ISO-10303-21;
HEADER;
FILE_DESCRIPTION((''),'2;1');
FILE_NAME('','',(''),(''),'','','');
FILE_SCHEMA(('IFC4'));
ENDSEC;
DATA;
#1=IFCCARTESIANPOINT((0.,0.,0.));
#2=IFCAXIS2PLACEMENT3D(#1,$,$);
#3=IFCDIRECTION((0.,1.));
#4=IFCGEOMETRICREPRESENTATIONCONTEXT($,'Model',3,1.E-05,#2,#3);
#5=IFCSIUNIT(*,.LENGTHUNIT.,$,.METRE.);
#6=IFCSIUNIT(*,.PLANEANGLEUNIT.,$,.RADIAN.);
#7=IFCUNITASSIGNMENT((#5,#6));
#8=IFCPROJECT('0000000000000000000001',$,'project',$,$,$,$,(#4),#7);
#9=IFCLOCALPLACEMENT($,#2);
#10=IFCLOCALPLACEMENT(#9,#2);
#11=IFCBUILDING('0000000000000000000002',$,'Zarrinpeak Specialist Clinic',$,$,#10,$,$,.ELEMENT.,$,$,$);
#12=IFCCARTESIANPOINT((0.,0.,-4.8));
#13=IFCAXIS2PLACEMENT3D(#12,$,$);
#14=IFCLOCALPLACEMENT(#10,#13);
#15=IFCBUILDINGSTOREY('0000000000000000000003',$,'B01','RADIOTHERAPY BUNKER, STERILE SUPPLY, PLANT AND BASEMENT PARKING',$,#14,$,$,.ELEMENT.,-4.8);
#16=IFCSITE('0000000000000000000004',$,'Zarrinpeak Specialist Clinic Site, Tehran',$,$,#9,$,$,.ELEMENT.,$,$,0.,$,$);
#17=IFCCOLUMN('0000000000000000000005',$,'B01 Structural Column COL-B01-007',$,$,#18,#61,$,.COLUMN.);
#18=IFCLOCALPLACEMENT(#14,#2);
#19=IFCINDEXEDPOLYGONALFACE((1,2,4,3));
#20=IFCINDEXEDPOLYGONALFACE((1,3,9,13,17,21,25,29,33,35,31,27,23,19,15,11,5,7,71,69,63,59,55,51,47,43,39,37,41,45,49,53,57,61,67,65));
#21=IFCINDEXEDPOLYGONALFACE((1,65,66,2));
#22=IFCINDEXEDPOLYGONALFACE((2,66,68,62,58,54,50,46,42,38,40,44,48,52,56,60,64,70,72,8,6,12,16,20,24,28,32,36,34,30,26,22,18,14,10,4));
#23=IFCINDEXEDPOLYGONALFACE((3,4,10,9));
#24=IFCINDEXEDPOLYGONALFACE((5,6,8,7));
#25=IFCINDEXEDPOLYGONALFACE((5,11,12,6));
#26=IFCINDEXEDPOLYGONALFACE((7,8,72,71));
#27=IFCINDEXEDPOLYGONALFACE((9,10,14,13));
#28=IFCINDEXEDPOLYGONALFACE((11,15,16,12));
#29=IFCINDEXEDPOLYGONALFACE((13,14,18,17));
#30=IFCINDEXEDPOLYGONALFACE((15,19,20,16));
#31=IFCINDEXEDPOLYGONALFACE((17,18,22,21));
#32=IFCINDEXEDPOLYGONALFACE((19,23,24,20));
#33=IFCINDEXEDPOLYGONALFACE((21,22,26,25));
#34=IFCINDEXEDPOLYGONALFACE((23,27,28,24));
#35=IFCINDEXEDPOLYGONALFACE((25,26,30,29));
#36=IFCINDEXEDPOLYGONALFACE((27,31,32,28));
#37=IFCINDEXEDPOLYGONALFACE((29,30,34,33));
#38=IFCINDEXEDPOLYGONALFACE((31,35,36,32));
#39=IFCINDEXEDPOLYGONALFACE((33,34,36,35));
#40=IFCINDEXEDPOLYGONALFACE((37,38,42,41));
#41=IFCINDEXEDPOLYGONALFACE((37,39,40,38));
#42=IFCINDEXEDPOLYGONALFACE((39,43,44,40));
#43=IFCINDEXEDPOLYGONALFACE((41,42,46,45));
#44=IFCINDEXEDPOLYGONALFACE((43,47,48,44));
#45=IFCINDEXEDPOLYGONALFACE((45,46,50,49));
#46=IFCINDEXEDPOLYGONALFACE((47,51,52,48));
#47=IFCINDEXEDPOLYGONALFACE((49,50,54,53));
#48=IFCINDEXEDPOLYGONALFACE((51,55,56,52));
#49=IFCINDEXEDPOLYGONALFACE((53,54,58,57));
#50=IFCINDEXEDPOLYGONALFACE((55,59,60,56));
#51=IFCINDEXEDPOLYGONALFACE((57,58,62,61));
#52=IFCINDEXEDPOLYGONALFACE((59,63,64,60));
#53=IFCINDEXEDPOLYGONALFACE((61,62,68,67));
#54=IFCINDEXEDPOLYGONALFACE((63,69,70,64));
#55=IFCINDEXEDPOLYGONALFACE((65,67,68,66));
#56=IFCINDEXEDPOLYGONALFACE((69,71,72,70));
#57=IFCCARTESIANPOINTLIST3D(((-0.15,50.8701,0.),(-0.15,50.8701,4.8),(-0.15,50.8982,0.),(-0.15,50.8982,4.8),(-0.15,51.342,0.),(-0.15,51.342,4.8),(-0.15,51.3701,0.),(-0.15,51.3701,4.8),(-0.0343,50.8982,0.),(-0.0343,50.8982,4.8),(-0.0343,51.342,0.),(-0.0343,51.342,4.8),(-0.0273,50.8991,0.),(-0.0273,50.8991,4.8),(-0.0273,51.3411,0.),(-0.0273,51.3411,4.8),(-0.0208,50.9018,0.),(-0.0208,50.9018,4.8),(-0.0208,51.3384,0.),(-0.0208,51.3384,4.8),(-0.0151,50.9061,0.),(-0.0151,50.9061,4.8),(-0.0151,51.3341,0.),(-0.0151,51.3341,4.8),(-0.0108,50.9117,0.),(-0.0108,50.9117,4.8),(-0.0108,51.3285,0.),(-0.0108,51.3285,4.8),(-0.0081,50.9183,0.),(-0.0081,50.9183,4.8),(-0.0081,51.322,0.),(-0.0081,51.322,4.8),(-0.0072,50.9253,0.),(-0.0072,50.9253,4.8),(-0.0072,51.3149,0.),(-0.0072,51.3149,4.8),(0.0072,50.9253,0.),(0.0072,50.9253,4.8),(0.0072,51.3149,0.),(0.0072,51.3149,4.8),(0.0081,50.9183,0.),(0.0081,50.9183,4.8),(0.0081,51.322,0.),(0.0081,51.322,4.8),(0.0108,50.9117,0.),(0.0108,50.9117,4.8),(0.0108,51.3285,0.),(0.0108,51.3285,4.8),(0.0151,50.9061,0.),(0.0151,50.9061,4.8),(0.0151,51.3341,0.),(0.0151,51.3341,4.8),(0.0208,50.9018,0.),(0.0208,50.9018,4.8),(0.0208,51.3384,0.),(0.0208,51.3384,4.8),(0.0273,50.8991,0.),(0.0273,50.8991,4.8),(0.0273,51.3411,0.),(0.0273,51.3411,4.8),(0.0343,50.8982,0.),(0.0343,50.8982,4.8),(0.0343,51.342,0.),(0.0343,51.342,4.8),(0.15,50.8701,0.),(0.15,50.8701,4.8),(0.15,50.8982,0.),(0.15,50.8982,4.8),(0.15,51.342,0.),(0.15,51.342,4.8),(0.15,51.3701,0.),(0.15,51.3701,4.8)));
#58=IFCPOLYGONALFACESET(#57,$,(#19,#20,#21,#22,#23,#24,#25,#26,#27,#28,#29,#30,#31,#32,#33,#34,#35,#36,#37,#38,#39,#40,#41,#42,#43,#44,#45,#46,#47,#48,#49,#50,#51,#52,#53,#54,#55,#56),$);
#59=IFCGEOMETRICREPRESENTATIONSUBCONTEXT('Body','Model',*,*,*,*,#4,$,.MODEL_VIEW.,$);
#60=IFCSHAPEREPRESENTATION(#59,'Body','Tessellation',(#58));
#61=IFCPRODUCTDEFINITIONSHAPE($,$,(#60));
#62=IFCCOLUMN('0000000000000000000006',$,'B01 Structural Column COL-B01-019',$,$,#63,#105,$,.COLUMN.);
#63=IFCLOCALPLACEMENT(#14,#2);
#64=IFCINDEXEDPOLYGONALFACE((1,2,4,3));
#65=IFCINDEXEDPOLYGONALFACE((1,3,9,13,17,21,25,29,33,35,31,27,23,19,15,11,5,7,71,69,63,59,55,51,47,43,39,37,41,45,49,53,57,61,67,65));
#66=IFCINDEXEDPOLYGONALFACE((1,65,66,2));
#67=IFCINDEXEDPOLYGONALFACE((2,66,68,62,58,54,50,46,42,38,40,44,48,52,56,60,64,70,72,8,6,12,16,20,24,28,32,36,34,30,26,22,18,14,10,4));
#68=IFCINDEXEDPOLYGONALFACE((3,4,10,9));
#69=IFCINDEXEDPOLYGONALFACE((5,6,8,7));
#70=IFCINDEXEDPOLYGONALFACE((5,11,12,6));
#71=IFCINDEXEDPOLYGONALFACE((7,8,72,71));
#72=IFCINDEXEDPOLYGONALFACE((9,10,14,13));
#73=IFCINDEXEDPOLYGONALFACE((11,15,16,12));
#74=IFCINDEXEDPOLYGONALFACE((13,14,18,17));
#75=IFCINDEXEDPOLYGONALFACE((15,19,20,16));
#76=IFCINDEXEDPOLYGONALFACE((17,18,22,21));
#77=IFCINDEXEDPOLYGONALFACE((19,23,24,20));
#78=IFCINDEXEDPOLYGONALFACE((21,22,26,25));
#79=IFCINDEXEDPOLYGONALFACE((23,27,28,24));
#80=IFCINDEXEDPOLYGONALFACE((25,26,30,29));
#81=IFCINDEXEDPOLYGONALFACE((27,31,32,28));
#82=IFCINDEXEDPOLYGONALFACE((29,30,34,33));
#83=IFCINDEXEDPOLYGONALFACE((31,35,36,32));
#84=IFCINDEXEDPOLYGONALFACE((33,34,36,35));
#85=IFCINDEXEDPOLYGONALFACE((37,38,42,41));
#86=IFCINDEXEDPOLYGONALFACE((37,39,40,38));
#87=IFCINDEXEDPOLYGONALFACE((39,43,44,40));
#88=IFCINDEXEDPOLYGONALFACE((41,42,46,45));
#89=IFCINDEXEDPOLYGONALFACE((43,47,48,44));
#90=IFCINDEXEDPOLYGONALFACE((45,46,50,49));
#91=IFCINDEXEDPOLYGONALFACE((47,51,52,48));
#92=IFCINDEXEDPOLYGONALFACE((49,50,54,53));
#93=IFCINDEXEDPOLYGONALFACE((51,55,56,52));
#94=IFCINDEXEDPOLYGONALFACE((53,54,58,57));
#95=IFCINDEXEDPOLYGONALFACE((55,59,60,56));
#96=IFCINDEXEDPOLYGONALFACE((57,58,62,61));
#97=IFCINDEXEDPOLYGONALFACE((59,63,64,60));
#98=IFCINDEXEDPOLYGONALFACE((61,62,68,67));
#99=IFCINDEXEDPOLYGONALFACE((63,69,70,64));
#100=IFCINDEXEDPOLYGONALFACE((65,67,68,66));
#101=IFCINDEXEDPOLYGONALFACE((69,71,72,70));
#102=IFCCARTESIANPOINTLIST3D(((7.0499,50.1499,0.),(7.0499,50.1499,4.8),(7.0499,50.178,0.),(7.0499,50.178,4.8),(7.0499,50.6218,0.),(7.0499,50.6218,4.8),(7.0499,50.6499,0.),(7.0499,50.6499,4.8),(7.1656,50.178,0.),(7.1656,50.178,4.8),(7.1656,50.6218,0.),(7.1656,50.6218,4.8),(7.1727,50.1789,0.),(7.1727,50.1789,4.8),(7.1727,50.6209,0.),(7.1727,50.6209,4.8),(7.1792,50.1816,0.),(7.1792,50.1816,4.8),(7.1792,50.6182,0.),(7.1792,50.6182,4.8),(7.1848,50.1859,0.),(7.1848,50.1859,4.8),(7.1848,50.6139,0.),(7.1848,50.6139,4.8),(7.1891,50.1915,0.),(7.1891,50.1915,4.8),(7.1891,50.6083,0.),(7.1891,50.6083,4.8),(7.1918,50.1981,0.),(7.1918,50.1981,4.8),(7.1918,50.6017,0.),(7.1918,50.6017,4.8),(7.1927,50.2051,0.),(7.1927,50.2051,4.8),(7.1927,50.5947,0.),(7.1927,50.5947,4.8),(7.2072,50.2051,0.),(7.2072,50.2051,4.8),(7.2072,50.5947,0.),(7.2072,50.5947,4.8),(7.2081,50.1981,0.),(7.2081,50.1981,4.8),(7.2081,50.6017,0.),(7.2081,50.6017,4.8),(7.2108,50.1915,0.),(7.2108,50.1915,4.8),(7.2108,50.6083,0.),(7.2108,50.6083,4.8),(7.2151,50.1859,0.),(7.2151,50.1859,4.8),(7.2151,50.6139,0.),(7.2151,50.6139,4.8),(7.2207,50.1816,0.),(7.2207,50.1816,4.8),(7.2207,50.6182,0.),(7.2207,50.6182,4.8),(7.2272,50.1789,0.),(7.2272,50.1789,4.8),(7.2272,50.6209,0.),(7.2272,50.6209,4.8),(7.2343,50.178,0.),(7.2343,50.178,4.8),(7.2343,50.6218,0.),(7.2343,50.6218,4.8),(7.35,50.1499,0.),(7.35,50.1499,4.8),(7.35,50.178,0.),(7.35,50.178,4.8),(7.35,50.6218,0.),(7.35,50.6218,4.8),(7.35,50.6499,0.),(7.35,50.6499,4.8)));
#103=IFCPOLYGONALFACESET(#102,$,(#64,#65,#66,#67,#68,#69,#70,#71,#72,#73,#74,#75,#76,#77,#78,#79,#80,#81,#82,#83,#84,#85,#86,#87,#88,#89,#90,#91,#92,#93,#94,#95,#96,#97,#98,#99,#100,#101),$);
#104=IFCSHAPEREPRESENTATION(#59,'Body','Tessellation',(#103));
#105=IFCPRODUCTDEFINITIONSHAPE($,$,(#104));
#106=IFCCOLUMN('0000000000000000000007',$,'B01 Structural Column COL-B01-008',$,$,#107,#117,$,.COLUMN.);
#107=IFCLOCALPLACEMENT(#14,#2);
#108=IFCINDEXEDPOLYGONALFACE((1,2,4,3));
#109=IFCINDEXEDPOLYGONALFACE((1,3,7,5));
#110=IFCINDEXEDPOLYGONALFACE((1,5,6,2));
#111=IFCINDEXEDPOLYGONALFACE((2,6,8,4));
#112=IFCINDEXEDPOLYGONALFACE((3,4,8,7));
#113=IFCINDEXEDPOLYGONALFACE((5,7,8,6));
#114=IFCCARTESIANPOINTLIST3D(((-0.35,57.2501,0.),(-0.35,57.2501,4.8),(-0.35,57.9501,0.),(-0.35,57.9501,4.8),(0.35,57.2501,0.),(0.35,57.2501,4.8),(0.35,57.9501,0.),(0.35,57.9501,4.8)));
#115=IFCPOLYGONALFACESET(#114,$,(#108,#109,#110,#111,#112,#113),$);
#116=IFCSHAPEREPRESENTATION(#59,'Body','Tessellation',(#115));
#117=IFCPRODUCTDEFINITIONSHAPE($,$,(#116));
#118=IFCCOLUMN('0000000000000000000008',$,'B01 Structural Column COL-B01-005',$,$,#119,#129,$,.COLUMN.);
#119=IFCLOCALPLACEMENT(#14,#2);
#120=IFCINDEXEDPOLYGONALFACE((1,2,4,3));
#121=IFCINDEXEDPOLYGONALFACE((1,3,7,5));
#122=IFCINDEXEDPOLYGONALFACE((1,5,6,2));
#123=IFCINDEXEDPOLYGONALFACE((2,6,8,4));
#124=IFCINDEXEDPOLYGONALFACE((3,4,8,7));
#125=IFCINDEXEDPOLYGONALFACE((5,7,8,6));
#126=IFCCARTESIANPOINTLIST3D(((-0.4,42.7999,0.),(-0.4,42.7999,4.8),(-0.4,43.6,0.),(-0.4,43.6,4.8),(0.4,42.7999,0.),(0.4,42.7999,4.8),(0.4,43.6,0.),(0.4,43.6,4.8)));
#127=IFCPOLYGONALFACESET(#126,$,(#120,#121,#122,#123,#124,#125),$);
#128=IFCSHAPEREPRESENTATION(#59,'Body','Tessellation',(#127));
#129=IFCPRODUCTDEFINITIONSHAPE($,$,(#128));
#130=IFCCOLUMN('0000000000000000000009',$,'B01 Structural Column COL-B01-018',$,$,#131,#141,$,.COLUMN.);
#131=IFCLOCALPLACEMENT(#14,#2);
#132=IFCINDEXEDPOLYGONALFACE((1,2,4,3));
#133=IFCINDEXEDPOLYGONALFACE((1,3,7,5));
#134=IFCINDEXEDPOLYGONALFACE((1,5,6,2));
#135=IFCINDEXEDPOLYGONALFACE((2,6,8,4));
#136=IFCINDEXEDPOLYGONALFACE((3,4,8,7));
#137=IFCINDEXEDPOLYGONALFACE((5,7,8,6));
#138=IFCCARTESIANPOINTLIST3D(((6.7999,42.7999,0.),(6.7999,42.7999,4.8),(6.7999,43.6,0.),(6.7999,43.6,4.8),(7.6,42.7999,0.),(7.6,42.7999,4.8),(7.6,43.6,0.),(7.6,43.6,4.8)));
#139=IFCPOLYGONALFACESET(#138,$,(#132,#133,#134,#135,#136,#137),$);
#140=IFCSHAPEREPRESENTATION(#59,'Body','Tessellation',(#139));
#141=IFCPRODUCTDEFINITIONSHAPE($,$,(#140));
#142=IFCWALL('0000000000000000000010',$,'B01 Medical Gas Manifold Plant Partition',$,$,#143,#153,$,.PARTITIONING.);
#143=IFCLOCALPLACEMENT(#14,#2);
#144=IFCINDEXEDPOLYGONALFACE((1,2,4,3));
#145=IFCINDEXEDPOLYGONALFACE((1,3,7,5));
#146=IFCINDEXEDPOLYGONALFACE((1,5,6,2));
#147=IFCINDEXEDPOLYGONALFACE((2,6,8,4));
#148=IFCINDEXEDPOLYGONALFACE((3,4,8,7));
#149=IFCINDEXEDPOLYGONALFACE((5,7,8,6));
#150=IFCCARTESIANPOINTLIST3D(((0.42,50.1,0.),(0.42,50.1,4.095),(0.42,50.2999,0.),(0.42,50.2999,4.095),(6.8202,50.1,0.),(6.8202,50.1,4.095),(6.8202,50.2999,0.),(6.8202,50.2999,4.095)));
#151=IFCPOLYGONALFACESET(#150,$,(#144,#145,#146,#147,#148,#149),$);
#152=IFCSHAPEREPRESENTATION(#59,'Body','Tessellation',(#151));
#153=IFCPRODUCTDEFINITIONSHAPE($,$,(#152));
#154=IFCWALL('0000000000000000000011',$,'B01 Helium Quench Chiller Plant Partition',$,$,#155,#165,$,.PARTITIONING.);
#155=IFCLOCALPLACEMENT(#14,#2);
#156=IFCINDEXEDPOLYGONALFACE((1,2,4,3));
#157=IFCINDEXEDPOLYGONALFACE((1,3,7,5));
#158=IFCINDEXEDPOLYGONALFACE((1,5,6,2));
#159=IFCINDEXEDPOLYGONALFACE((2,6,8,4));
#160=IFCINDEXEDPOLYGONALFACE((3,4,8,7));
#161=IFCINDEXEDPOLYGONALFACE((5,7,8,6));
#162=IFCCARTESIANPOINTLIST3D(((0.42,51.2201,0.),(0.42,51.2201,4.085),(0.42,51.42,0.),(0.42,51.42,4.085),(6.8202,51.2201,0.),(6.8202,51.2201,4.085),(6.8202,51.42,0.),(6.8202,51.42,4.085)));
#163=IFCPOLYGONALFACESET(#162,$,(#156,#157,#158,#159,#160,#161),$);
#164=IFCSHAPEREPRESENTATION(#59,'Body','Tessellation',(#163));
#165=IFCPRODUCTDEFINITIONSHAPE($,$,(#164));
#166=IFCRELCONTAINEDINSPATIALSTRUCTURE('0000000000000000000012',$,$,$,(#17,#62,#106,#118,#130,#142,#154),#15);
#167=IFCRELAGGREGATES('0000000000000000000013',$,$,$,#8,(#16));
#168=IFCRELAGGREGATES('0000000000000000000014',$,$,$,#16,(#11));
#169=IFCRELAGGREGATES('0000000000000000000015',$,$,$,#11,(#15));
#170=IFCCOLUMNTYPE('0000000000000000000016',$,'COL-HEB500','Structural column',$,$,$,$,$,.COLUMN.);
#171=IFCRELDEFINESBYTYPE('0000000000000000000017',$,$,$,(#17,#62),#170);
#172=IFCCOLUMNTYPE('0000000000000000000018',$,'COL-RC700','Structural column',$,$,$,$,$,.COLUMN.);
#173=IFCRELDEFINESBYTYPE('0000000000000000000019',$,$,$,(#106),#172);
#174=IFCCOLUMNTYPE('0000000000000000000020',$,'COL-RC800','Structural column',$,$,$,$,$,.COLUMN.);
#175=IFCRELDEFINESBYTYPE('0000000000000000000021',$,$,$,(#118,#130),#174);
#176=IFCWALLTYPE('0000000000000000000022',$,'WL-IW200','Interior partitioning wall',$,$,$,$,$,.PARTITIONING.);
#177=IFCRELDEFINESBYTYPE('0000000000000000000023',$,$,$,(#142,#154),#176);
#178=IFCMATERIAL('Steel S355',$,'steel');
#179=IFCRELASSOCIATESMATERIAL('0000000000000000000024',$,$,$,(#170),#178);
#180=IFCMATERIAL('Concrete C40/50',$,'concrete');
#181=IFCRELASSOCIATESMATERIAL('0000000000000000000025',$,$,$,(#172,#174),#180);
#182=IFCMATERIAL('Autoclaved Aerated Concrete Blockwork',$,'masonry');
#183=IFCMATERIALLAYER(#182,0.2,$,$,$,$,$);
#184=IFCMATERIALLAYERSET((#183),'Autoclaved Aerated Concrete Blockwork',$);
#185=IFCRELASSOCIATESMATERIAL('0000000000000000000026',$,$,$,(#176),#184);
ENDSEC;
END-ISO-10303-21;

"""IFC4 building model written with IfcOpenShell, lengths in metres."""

from ifc_helpers import new_model, si_unit, direction, frame, frame_2d, origin, origin_2d, place, context, subcontext, project, spatial, rectangle, i_section, extrude, material, layer, layer_set, material_profile, profile_set, type_object, element, save


model = new_model("IFC4")

# Units and contexts
model_context = context("Model", 3, precision=1e-05, world=origin(), true_north=direction((0.0, 1.0)))
body_context = subcontext(model_context, "Body", "Model", "MODEL_VIEW")
ifc_project = project(units=[si_unit("LENGTHUNIT", "METRE"), si_unit("PLANEANGLEUNIT", "RADIAN")], contexts=[model_context])

# Site, building, storey
site_placement = place(None, origin())
site = spatial("IfcSite", under=ifc_project, at=site_placement, Name="Zarrinpeak Specialist Clinic Site, Tehran", CompositionType="ELEMENT", RefElevation=0.0)
building_placement = place(site_placement, origin())
building = spatial("IfcBuilding", under=site, at=building_placement, Name="Zarrinpeak Specialist Clinic", CompositionType="ELEMENT")
storey_placement = place(building_placement, frame((0.0, 0.0, -4.8)))
storey = spatial("IfcBuildingStorey", under=building, at=storey_placement, Name="B01", Description="RADIOTHERAPY BUNKER, STERILE SUPPLY, PLANT AND BASEMENT PARKING", CompositionType="ELEMENT", Elevation=-4.8)

# Shared definitions
ifc_material_1 = material(Name="Concrete C40/50", Category="concrete")

# Columns
ifc_material_2 = material(Name="Steel S355", Category="steel")
ifc_material_profile_1 = material_profile(ifc_material_2, i_section(OverallWidth=0.3, OverallDepth=0.5, WebThickness=0.0144, FlangeThickness=0.0281, FilletRadius=0.0271, at=origin_2d()), Name="HEB 500")
ifc_profile_set_1 = profile_set([ifc_material_profile_1], Name="Steel S355")
column_type_1 = type_object("IfcColumnType", Name="COL-HEB500", Description="Structural column", PredefinedType="COLUMN", material=ifc_profile_set_1)
for number, where, z_axis, x_axis, name in (
    (1, (0.0, 51.1201, 0.0), (0.0, 0.0, 1.0), (1.0, 0.0, 0.0), "B01 Structural Column COL-B01-007"),
    (2, (7.2, 50.3999, 0.0), (0.0, 0.0, 1.0), (1.0, 0.0, 0.0), "B01 Structural Column COL-B01-019"),
):
    element("IfcColumn", number, at=place(storey_placement, frame(where, z_axis=z_axis, x_axis=x_axis)), inside=storey, type_object=column_type_1, Name=name, PredefinedType="COLUMN", context=body_context, shape_type="SweptSolid", body=[
        extrude(i_section(OverallWidth=0.3, OverallDepth=0.5, WebThickness=0.0144, FlangeThickness=0.0281, FilletRadius=0.0271, at=origin_2d()), origin(), (0.0, 0.0, 1.0), 4.8),
    ])
ifc_material_profile_2 = material_profile(ifc_material_1, rectangle(XDim=0.7, YDim=0.7, at=origin_2d()), Name="RC 700x700")
ifc_profile_set_2 = profile_set([ifc_material_profile_2], Name="Concrete C40/50")
column_type_2 = type_object("IfcColumnType", Name="COL-RC700", Description="Structural column", PredefinedType="COLUMN", material=ifc_profile_set_2)
column_placement = place(storey_placement, frame((0.0, 57.6001, 0.0), z_axis=(0.0, 0.0, 1.0), x_axis=(1.0, 0.0, 0.0)))
element("IfcColumn", 3, at=column_placement, inside=storey, type_object=column_type_2, Name="B01 Structural Column COL-B01-008", PredefinedType="COLUMN", context=body_context, shape_type="SweptSolid", body=[
    extrude(rectangle(XDim=0.7, YDim=0.7, at=origin_2d()), origin(), (0.0, 0.0, 1.0), 4.8),
])
ifc_material_profile_3 = material_profile(ifc_material_1, rectangle(XDim=0.8, YDim=0.8, at=origin_2d()), Name="RC 800x800")
ifc_profile_set_3 = profile_set([ifc_material_profile_3], Name="Concrete C40/50")
column_type_3 = type_object("IfcColumnType", Name="COL-RC800", Description="Structural column", PredefinedType="COLUMN", material=ifc_profile_set_3)
for number, where, z_axis, x_axis, name in (
    (4, (0.0, 43.2, 0.0), (0.0, 0.0, 1.0), (1.0, 0.0, 0.0), "B01 Structural Column COL-B01-005"),
    (5, (7.2, 43.2, 0.0), (0.0, 0.0, 1.0), (1.0, 0.0, 0.0), "B01 Structural Column COL-B01-018"),
):
    element("IfcColumn", number, at=place(storey_placement, frame(where, z_axis=z_axis, x_axis=x_axis)), inside=storey, type_object=column_type_3, Name=name, PredefinedType="COLUMN", context=body_context, shape_type="SweptSolid", body=[
        extrude(rectangle(XDim=0.8, YDim=0.8, at=origin_2d()), origin(), (0.0, 0.0, 1.0), 4.8),
    ])

# Walls
ifc_material_3 = material(Name="Autoclaved Aerated Concrete Blockwork", Category="masonry")
ifc_layer = layer(ifc_material_3, 0.2)
ifc_layer_set = layer_set([ifc_layer], Name="Autoclaved Aerated Concrete Blockwork")
wall_type = type_object("IfcWallType", Name="WL-IW200", Description="Interior partitioning wall", PredefinedType="PARTITIONING", material=ifc_layer_set)
wall_1_placement = place(storey_placement, frame((0.4199, 50.2, 0.0), z_axis=(0.0, 0.0, 1.0), x_axis=(1.0, 0.0, 0.0)))
element("IfcWall", 6, at=wall_1_placement, inside=storey, type_object=wall_type, Name="B01 Medical Gas Manifold Plant Partition", PredefinedType="PARTITIONING", context=body_context, shape_type="SweptSolid", body=[
    extrude(rectangle(XDim=6.4001, YDim=0.2, at=frame_2d((3.2002, 0.0))), origin(), (0.0, 0.0, 1.0), 4.095),
])
wall_2_placement = place(storey_placement, frame((0.4199, 51.3201, 0.0), z_axis=(0.0, 0.0, 1.0), x_axis=(1.0, 0.0, 0.0)))
element("IfcWall", 7, at=wall_2_placement, inside=storey, type_object=wall_type, Name="B01 Helium Quench Chiller Plant Partition", PredefinedType="PARTITIONING", context=body_context, shape_type="SweptSolid", body=[
    extrude(rectangle(XDim=6.4001, YDim=0.2, at=frame_2d((3.2002, 0.0))), origin(), (0.0, 0.0, 1.0), 4.085),
])

save(model, "model.ifc")
